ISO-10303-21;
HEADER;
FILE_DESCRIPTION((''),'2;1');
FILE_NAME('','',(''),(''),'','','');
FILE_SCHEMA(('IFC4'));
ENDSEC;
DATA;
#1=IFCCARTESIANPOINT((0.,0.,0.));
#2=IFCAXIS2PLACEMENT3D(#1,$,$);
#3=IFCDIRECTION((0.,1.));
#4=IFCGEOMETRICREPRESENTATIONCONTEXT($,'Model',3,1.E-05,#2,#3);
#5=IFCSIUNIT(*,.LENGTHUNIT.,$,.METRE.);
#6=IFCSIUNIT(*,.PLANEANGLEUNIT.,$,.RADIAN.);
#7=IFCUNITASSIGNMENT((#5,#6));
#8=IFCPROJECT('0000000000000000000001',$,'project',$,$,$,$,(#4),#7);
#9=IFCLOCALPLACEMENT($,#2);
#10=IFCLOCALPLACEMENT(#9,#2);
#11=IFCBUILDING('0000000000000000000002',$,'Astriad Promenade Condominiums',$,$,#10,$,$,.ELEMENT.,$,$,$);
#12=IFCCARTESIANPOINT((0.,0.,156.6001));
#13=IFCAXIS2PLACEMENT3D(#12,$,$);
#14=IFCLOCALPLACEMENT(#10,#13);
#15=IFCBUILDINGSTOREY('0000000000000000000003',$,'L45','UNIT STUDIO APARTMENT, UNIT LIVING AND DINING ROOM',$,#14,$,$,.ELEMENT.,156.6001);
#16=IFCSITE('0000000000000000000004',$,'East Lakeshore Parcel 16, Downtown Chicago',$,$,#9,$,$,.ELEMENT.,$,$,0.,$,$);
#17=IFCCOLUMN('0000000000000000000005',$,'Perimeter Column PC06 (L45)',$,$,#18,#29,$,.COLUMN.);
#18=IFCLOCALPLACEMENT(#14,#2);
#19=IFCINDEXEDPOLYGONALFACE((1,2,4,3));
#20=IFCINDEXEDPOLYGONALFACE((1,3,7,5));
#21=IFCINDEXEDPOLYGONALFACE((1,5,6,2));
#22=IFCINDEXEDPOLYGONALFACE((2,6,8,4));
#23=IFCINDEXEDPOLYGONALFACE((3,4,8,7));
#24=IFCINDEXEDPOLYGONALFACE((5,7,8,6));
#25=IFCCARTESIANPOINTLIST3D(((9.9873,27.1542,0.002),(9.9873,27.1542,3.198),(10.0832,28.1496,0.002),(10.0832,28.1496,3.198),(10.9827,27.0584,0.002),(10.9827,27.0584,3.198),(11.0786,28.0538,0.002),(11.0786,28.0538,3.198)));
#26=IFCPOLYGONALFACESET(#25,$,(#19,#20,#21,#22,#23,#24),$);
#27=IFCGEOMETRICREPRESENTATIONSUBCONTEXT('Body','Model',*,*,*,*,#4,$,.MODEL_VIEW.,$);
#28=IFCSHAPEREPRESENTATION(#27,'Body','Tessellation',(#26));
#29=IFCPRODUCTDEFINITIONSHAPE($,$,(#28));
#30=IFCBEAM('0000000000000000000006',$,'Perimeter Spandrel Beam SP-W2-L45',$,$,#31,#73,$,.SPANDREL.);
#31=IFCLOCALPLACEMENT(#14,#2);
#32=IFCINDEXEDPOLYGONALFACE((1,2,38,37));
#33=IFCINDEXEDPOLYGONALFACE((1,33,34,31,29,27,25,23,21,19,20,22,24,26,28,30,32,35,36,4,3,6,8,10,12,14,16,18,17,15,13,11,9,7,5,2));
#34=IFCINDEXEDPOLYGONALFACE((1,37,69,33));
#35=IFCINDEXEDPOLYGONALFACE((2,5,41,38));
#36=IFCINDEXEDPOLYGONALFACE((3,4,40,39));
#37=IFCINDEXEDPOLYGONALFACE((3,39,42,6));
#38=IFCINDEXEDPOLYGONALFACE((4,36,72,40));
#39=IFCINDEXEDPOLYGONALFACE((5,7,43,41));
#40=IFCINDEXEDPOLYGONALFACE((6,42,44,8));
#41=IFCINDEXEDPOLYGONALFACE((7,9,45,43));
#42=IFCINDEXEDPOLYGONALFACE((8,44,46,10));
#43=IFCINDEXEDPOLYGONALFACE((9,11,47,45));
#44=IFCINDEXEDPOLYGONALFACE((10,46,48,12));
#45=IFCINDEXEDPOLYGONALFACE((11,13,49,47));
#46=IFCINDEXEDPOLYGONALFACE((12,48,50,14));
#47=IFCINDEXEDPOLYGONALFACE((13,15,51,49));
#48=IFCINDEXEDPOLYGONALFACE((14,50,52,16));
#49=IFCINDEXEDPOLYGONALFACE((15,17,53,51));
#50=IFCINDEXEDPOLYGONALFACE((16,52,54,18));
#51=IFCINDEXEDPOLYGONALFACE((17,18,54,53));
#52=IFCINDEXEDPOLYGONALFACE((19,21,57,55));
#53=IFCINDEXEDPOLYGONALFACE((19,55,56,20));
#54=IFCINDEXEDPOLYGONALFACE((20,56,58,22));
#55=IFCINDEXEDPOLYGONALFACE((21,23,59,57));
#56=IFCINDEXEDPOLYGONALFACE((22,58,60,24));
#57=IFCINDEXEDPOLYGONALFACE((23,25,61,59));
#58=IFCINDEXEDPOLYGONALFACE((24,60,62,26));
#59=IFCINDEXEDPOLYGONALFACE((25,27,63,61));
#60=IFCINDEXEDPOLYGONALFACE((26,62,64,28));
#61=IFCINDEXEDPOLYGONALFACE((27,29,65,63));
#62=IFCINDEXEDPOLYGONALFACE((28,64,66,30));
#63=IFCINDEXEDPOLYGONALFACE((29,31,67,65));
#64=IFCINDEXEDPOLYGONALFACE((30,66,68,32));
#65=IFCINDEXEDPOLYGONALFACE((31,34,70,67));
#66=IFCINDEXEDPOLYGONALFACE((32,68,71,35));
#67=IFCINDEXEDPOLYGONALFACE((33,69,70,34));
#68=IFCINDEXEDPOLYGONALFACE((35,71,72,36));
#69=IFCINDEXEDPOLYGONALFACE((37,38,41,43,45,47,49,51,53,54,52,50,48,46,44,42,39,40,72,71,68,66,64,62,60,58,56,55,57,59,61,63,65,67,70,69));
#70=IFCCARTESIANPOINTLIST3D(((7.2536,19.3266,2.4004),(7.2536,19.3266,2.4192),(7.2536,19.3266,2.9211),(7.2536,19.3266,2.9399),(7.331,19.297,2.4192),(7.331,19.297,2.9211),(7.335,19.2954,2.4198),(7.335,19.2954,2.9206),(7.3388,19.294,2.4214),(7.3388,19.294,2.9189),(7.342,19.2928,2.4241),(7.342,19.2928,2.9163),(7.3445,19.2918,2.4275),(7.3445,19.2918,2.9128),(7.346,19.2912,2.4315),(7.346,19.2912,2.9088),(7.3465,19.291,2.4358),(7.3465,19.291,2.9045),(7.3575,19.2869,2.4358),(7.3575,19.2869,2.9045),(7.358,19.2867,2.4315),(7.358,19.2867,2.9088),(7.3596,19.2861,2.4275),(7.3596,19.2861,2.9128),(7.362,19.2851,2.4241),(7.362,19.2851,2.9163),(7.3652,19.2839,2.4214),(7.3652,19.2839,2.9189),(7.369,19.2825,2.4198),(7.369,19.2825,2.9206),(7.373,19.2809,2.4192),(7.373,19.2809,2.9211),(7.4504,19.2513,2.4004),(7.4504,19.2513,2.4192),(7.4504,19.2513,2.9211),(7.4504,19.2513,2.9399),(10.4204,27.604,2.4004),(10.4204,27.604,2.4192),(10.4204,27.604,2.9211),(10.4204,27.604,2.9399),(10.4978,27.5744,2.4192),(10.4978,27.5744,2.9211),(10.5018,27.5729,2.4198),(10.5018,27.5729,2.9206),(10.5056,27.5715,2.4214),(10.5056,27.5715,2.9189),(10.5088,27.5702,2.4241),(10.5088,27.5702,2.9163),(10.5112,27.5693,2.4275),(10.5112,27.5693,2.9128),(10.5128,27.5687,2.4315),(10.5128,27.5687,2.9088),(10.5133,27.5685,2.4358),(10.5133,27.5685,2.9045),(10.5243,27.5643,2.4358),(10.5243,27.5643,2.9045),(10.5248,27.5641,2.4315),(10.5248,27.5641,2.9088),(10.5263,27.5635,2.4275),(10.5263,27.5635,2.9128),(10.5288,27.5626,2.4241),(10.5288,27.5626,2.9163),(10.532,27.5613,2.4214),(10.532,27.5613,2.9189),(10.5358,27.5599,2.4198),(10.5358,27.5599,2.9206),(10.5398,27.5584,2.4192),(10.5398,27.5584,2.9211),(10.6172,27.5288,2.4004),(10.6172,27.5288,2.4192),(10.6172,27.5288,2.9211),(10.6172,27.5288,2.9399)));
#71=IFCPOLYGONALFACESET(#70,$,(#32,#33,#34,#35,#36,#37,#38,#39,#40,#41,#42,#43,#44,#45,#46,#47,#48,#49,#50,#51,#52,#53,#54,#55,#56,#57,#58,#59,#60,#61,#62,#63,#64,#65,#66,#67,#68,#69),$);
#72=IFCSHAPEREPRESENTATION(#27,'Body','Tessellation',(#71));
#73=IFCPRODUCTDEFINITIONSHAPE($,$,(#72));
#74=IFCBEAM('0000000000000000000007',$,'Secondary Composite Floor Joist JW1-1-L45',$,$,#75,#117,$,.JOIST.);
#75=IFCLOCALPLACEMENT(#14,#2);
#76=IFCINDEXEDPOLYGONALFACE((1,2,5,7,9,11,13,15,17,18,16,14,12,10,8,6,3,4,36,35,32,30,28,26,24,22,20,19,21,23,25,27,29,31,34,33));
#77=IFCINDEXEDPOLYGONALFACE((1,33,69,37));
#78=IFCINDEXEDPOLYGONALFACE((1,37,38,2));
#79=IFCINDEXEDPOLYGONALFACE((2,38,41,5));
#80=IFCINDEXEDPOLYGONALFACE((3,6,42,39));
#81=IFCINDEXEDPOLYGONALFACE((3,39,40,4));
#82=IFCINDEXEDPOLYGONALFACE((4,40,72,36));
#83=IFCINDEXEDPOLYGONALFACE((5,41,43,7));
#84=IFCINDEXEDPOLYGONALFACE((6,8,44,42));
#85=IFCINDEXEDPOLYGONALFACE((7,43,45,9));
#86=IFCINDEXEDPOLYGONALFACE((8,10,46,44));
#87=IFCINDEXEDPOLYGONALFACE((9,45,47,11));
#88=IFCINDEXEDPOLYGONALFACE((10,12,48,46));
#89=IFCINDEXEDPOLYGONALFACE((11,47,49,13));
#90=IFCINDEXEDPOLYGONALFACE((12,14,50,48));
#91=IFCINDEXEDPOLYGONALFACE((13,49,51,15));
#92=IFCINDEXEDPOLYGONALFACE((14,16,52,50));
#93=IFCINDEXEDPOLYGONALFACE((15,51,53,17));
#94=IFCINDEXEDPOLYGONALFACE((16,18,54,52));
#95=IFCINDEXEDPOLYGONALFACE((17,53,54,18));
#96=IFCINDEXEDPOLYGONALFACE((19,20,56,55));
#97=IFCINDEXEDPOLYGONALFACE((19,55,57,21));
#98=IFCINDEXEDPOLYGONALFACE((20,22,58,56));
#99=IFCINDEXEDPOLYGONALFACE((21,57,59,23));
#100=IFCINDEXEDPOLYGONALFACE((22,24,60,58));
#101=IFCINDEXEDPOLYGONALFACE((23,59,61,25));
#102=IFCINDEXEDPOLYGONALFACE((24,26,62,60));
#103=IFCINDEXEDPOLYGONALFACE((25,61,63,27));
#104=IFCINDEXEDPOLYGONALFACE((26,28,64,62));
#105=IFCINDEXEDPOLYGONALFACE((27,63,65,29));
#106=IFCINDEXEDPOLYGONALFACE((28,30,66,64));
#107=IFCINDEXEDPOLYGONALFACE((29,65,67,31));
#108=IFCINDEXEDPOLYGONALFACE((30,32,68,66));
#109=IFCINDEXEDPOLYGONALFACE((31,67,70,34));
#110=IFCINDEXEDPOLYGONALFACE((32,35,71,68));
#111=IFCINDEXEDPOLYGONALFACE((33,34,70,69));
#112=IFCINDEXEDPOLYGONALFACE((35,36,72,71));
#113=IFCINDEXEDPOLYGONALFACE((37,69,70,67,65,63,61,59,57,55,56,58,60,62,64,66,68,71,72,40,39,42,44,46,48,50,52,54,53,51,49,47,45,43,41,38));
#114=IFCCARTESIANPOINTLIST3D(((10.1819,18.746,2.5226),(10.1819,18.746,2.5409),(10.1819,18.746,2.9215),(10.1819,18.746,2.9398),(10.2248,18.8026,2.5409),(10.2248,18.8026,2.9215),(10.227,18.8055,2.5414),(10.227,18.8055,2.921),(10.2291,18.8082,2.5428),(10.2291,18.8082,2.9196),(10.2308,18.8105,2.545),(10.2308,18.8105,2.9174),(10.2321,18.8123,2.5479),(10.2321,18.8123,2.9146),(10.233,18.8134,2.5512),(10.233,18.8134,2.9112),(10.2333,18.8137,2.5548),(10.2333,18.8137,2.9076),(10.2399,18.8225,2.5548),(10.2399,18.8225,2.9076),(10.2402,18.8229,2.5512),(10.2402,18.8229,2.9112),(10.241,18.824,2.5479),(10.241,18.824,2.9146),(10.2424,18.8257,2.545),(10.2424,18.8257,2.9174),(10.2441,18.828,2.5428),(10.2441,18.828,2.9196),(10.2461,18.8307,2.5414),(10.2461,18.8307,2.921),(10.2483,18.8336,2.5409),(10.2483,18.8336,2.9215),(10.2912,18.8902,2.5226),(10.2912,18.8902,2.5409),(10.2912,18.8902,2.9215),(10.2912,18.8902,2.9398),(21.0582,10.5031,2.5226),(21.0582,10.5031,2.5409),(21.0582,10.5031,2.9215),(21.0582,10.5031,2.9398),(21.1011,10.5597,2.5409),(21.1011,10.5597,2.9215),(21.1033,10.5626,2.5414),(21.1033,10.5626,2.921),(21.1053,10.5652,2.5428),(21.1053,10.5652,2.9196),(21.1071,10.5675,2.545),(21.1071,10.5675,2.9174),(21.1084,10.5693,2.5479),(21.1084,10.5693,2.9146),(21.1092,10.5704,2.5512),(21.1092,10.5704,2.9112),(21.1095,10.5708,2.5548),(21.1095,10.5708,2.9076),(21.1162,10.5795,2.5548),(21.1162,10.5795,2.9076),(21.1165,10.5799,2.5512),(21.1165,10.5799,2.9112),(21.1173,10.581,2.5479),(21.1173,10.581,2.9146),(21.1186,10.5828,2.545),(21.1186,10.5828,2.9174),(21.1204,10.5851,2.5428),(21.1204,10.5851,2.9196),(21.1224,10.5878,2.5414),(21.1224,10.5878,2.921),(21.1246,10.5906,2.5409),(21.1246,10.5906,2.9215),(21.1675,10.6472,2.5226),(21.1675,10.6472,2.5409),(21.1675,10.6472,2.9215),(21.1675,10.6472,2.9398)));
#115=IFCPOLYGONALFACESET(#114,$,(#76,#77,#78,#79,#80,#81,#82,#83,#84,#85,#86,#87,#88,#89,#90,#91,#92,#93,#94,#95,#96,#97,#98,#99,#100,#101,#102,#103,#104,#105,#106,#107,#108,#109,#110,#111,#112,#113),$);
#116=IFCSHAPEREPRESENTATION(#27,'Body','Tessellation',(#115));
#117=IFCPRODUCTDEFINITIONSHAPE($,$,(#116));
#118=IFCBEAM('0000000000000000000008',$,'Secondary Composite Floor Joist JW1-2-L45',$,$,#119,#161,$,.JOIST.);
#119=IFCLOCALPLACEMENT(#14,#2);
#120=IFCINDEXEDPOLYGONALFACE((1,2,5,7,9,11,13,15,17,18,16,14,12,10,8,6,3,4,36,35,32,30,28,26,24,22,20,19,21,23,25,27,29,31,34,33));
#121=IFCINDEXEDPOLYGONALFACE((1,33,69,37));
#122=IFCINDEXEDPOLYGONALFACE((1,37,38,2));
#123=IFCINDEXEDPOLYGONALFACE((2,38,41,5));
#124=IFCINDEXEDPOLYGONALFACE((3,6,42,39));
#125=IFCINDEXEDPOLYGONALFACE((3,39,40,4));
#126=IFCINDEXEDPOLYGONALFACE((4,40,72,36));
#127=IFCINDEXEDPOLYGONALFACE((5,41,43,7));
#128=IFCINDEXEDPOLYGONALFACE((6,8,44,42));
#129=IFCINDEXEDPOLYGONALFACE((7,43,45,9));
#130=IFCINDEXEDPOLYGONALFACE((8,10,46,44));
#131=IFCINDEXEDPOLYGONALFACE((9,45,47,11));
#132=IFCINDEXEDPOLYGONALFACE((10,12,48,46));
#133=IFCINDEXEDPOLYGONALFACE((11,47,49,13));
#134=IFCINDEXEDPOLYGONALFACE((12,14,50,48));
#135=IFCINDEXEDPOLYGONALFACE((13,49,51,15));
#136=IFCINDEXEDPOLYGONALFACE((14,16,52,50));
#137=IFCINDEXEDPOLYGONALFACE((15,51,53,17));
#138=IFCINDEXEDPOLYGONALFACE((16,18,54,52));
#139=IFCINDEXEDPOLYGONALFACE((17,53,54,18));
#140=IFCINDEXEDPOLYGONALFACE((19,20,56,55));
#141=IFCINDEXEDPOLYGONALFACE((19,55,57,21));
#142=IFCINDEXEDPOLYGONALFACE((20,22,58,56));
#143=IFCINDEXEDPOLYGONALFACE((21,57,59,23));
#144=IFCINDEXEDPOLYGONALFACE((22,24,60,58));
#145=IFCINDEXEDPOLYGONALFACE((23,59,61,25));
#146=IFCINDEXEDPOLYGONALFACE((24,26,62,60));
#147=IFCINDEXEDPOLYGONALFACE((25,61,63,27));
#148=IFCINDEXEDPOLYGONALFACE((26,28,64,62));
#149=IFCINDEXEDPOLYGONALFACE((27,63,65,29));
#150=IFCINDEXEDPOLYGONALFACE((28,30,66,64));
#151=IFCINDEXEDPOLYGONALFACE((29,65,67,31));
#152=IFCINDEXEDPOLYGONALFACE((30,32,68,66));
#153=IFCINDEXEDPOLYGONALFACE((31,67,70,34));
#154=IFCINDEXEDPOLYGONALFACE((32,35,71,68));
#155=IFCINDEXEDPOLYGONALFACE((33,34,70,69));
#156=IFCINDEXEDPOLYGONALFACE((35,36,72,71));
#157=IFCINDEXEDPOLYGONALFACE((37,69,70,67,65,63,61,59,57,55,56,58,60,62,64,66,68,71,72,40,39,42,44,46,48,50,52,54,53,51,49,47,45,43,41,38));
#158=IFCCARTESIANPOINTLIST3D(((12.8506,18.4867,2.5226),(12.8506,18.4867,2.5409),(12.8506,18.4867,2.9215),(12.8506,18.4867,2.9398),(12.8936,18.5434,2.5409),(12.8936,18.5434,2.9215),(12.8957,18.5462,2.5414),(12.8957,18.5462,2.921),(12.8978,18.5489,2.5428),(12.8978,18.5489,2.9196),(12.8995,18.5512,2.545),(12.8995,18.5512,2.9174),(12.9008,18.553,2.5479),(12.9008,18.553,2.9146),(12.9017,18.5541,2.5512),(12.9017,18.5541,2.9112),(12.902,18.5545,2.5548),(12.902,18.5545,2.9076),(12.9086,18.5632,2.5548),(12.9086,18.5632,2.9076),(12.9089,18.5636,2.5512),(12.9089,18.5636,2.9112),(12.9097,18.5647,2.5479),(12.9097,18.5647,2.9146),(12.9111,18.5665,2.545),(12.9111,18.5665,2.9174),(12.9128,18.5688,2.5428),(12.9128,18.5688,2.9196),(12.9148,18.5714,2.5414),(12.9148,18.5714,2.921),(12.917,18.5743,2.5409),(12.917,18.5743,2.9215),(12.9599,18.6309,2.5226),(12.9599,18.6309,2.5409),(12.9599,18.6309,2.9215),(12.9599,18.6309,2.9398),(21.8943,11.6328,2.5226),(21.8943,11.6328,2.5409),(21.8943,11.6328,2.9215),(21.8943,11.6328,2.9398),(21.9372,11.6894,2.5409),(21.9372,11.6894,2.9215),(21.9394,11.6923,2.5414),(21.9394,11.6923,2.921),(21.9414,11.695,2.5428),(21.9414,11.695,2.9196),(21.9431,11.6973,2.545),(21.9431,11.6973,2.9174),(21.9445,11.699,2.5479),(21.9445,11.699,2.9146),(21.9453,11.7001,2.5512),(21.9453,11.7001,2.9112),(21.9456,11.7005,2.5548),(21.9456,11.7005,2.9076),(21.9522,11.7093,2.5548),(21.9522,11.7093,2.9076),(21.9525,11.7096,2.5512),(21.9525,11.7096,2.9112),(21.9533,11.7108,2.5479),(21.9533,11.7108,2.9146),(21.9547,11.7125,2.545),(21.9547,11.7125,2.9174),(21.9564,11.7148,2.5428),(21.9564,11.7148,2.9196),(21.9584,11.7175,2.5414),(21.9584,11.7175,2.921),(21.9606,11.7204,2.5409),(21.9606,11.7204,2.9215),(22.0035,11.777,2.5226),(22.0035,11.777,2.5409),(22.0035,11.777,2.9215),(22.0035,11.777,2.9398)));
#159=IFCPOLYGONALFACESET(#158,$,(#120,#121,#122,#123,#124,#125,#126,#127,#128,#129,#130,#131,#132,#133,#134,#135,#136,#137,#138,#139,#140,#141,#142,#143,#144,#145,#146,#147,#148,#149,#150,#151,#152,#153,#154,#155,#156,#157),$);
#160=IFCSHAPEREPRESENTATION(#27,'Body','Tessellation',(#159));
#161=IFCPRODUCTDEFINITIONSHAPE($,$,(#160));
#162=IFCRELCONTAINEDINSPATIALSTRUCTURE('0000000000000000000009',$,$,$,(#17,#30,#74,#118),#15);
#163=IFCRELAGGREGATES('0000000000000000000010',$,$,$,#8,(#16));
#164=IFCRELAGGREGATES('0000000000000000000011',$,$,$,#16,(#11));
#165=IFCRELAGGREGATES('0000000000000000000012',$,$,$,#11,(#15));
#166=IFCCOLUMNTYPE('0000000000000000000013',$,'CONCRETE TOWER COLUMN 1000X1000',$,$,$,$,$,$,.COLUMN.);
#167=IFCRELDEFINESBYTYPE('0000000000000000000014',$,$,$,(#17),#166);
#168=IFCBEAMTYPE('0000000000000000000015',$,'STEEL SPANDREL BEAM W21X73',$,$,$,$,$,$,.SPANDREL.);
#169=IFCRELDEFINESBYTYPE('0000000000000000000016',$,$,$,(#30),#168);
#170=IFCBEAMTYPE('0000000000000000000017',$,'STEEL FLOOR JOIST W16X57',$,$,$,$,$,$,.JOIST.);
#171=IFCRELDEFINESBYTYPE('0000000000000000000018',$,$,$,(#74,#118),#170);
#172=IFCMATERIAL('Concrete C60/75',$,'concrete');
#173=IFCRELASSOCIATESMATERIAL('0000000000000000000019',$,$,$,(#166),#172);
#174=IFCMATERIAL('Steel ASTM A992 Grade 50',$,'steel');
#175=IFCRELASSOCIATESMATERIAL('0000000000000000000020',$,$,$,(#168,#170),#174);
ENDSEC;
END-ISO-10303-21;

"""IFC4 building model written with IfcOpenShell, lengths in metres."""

from ifc_helpers import new_model, si_unit, direction, frame, origin, origin_2d, place, context, subcontext, project, spatial, rectangle, i_section, extrude, source, transform, mapped, material, material_profile, profile_set, type_object, type_shapes, element, save


model = new_model("IFC4")

# Units and contexts
model_context = context("Model", 3, precision=1e-05, world=origin(), true_north=direction((0.0, 1.0)))
body_context = subcontext(model_context, "Body", "Model", "MODEL_VIEW")
ifc_project = project(units=[si_unit("LENGTHUNIT", "METRE"), si_unit("PLANEANGLEUNIT", "RADIAN")], contexts=[model_context])

# Site, building, storey
site_placement = place(None, origin())
site = spatial("IfcSite", under=ifc_project, at=site_placement, Name="East Lakeshore Parcel 16, Downtown Chicago", CompositionType="ELEMENT", RefElevation=0.0)
building_placement = place(site_placement, origin())
building = spatial("IfcBuilding", under=site, at=building_placement, Name="Astriad Promenade Condominiums", CompositionType="ELEMENT")
storey_placement = place(building_placement, frame((0.0, 0.0, 156.6001)))
storey = spatial("IfcBuildingStorey", under=building, at=storey_placement, Name="L45", Description="UNIT STUDIO APARTMENT, UNIT LIVING AND DINING ROOM", CompositionType="ELEMENT", Elevation=156.6001)

# Column
ifc_material_1 = material(Name="Concrete C60/75", Category="concrete")
ifc_material_profile_1 = material_profile(ifc_material_1, rectangle(XDim=1.0, YDim=1.0, at=origin_2d()), Name="RC-COL-1000X1000")
ifc_profile_set_1 = profile_set([ifc_material_profile_1], Name="Concrete C60/75")
column_type = type_object("IfcColumnType", Name="CONCRETE TOWER COLUMN 1000X1000", PredefinedType="COLUMN", material=ifc_profile_set_1)
shared_shape_1 = source(origin(), body_context, "Body", "SweptSolid", [
    extrude(rectangle(XDim=1.0, YDim=1.0, at=origin_2d()), origin(), (0.0, 0.0, 1.0), 3.196),
])
type_shapes(column_type, [shared_shape_1])
column_placement = place(storey_placement, frame((10.533, 27.604, 0.002), z_axis=(0.0, 0.0, 1.0), x_axis=(0.995396, -0.095846, 0.0)))
element("IfcColumn", 1, at=column_placement, inside=storey, type_object=column_type, Name="Perimeter Column PC06 (L45)", PredefinedType="COLUMN", context=body_context, shape_type="MappedRepresentation", body=[
    mapped(shared_shape_1, transform((0.0, 0.0, 0.0), scale=1.0)),
])

# Beams
ifc_material_2 = material(Name="Steel ASTM A992 Grade 50", Category="steel")
ifc_material_profile_2 = material_profile(ifc_material_2, i_section(OverallWidth=0.2107, OverallDepth=0.5396, WebThickness=0.0117, FlangeThickness=0.0188, FilletRadius=0.0166, at=origin_2d()), Name="W21X73")
ifc_profile_set_2 = profile_set([ifc_material_profile_2], Name="Steel ASTM A992 Grade 50")
beam_type_1 = type_object("IfcBeamType", Name="STEEL SPANDREL BEAM W21X73", PredefinedType="SPANDREL", material=ifc_profile_set_2)
shared_shape_2 = source(origin(), body_context, "Body", "SweptSolid", [
    extrude(i_section(OverallWidth=0.2107, OverallDepth=0.5396, WebThickness=0.0117, FlangeThickness=0.0188, FilletRadius=0.0166, at=origin_2d()), origin(), (0.0, 0.0, 1.0), 8.8625),
])
type_shapes(beam_type_1, [shared_shape_2])
beam_1_placement = place(storey_placement, frame((10.5188, 27.5664, 2.6702), z_axis=(-0.357323, -0.933981, 0.0), x_axis=(0.933981, -0.357323, 0.0)))
element("IfcBeam", 2, at=beam_1_placement, inside=storey, type_object=beam_type_1, Name="Perimeter Spandrel Beam SP-W2-L45", PredefinedType="SPANDREL", context=body_context, shape_type="MappedRepresentation", body=[
    mapped(shared_shape_2, transform((0.0, 0.0, 0.0), scale=1.0)),
])
ifc_material_profile_3 = material_profile(ifc_material_2, i_section(OverallWidth=0.1809, OverallDepth=0.4172, WebThickness=0.011, FlangeThickness=0.0183, FilletRadius=0.0139, at=origin_2d()), Name="W16X57")
ifc_profile_set_3 = profile_set([ifc_material_profile_3], Name="Steel ASTM A992 Grade 50")
beam_type_2 = type_object("IfcBeamType", Name="STEEL FLOOR JOIST W16X57", PredefinedType="JOIST", material=ifc_profile_set_3)
shared_shape_3 = source(origin(), body_context, "Body", "SweptSolid", [
    extrude(i_section(OverallWidth=0.1809, OverallDepth=0.4172, WebThickness=0.011, FlangeThickness=0.0183, FilletRadius=0.0139, at=origin_2d()), origin(), (0.0, 0.0, 1.0), 13.647),
])
beam_2_placement = place(storey_placement, frame((10.2366, 18.8181, 2.7312), z_axis=(0.796974, -0.604014, 0.0), x_axis=(0.604014, 0.796974, 0.0)))
element("IfcBeam", 3, at=beam_2_placement, inside=storey, type_object=beam_type_2, Name="Secondary Composite Floor Joist JW1-1-L45", PredefinedType="JOIST", context=body_context, shape_type="MappedRepresentation", body=[
    mapped(shared_shape_3, transform((0.0, 0.0, 0.0), scale=1.0)),
])
shared_shape_4 = source(origin(), body_context, "Body", "SweptSolid", [
    extrude(i_section(OverallWidth=0.1809, OverallDepth=0.4172, WebThickness=0.011, FlangeThickness=0.0183, FilletRadius=0.0139, at=origin_2d()), origin(), (0.0, 0.0, 1.0), 11.3474),
])
beam_3_placement = place(storey_placement, frame((12.9053, 18.5588, 2.7312), z_axis=(0.796977, -0.60401, 0.0), x_axis=(0.60401, 0.796977, 0.0)))
element("IfcBeam", 4, at=beam_3_placement, inside=storey, type_object=beam_type_2, Name="Secondary Composite Floor Joist JW1-2-L45", PredefinedType="JOIST", context=body_context, shape_type="MappedRepresentation", body=[
    mapped(shared_shape_4, transform((0.0, 0.0, 0.0), scale=1.0)),
])

save(model, "model.ifc")
